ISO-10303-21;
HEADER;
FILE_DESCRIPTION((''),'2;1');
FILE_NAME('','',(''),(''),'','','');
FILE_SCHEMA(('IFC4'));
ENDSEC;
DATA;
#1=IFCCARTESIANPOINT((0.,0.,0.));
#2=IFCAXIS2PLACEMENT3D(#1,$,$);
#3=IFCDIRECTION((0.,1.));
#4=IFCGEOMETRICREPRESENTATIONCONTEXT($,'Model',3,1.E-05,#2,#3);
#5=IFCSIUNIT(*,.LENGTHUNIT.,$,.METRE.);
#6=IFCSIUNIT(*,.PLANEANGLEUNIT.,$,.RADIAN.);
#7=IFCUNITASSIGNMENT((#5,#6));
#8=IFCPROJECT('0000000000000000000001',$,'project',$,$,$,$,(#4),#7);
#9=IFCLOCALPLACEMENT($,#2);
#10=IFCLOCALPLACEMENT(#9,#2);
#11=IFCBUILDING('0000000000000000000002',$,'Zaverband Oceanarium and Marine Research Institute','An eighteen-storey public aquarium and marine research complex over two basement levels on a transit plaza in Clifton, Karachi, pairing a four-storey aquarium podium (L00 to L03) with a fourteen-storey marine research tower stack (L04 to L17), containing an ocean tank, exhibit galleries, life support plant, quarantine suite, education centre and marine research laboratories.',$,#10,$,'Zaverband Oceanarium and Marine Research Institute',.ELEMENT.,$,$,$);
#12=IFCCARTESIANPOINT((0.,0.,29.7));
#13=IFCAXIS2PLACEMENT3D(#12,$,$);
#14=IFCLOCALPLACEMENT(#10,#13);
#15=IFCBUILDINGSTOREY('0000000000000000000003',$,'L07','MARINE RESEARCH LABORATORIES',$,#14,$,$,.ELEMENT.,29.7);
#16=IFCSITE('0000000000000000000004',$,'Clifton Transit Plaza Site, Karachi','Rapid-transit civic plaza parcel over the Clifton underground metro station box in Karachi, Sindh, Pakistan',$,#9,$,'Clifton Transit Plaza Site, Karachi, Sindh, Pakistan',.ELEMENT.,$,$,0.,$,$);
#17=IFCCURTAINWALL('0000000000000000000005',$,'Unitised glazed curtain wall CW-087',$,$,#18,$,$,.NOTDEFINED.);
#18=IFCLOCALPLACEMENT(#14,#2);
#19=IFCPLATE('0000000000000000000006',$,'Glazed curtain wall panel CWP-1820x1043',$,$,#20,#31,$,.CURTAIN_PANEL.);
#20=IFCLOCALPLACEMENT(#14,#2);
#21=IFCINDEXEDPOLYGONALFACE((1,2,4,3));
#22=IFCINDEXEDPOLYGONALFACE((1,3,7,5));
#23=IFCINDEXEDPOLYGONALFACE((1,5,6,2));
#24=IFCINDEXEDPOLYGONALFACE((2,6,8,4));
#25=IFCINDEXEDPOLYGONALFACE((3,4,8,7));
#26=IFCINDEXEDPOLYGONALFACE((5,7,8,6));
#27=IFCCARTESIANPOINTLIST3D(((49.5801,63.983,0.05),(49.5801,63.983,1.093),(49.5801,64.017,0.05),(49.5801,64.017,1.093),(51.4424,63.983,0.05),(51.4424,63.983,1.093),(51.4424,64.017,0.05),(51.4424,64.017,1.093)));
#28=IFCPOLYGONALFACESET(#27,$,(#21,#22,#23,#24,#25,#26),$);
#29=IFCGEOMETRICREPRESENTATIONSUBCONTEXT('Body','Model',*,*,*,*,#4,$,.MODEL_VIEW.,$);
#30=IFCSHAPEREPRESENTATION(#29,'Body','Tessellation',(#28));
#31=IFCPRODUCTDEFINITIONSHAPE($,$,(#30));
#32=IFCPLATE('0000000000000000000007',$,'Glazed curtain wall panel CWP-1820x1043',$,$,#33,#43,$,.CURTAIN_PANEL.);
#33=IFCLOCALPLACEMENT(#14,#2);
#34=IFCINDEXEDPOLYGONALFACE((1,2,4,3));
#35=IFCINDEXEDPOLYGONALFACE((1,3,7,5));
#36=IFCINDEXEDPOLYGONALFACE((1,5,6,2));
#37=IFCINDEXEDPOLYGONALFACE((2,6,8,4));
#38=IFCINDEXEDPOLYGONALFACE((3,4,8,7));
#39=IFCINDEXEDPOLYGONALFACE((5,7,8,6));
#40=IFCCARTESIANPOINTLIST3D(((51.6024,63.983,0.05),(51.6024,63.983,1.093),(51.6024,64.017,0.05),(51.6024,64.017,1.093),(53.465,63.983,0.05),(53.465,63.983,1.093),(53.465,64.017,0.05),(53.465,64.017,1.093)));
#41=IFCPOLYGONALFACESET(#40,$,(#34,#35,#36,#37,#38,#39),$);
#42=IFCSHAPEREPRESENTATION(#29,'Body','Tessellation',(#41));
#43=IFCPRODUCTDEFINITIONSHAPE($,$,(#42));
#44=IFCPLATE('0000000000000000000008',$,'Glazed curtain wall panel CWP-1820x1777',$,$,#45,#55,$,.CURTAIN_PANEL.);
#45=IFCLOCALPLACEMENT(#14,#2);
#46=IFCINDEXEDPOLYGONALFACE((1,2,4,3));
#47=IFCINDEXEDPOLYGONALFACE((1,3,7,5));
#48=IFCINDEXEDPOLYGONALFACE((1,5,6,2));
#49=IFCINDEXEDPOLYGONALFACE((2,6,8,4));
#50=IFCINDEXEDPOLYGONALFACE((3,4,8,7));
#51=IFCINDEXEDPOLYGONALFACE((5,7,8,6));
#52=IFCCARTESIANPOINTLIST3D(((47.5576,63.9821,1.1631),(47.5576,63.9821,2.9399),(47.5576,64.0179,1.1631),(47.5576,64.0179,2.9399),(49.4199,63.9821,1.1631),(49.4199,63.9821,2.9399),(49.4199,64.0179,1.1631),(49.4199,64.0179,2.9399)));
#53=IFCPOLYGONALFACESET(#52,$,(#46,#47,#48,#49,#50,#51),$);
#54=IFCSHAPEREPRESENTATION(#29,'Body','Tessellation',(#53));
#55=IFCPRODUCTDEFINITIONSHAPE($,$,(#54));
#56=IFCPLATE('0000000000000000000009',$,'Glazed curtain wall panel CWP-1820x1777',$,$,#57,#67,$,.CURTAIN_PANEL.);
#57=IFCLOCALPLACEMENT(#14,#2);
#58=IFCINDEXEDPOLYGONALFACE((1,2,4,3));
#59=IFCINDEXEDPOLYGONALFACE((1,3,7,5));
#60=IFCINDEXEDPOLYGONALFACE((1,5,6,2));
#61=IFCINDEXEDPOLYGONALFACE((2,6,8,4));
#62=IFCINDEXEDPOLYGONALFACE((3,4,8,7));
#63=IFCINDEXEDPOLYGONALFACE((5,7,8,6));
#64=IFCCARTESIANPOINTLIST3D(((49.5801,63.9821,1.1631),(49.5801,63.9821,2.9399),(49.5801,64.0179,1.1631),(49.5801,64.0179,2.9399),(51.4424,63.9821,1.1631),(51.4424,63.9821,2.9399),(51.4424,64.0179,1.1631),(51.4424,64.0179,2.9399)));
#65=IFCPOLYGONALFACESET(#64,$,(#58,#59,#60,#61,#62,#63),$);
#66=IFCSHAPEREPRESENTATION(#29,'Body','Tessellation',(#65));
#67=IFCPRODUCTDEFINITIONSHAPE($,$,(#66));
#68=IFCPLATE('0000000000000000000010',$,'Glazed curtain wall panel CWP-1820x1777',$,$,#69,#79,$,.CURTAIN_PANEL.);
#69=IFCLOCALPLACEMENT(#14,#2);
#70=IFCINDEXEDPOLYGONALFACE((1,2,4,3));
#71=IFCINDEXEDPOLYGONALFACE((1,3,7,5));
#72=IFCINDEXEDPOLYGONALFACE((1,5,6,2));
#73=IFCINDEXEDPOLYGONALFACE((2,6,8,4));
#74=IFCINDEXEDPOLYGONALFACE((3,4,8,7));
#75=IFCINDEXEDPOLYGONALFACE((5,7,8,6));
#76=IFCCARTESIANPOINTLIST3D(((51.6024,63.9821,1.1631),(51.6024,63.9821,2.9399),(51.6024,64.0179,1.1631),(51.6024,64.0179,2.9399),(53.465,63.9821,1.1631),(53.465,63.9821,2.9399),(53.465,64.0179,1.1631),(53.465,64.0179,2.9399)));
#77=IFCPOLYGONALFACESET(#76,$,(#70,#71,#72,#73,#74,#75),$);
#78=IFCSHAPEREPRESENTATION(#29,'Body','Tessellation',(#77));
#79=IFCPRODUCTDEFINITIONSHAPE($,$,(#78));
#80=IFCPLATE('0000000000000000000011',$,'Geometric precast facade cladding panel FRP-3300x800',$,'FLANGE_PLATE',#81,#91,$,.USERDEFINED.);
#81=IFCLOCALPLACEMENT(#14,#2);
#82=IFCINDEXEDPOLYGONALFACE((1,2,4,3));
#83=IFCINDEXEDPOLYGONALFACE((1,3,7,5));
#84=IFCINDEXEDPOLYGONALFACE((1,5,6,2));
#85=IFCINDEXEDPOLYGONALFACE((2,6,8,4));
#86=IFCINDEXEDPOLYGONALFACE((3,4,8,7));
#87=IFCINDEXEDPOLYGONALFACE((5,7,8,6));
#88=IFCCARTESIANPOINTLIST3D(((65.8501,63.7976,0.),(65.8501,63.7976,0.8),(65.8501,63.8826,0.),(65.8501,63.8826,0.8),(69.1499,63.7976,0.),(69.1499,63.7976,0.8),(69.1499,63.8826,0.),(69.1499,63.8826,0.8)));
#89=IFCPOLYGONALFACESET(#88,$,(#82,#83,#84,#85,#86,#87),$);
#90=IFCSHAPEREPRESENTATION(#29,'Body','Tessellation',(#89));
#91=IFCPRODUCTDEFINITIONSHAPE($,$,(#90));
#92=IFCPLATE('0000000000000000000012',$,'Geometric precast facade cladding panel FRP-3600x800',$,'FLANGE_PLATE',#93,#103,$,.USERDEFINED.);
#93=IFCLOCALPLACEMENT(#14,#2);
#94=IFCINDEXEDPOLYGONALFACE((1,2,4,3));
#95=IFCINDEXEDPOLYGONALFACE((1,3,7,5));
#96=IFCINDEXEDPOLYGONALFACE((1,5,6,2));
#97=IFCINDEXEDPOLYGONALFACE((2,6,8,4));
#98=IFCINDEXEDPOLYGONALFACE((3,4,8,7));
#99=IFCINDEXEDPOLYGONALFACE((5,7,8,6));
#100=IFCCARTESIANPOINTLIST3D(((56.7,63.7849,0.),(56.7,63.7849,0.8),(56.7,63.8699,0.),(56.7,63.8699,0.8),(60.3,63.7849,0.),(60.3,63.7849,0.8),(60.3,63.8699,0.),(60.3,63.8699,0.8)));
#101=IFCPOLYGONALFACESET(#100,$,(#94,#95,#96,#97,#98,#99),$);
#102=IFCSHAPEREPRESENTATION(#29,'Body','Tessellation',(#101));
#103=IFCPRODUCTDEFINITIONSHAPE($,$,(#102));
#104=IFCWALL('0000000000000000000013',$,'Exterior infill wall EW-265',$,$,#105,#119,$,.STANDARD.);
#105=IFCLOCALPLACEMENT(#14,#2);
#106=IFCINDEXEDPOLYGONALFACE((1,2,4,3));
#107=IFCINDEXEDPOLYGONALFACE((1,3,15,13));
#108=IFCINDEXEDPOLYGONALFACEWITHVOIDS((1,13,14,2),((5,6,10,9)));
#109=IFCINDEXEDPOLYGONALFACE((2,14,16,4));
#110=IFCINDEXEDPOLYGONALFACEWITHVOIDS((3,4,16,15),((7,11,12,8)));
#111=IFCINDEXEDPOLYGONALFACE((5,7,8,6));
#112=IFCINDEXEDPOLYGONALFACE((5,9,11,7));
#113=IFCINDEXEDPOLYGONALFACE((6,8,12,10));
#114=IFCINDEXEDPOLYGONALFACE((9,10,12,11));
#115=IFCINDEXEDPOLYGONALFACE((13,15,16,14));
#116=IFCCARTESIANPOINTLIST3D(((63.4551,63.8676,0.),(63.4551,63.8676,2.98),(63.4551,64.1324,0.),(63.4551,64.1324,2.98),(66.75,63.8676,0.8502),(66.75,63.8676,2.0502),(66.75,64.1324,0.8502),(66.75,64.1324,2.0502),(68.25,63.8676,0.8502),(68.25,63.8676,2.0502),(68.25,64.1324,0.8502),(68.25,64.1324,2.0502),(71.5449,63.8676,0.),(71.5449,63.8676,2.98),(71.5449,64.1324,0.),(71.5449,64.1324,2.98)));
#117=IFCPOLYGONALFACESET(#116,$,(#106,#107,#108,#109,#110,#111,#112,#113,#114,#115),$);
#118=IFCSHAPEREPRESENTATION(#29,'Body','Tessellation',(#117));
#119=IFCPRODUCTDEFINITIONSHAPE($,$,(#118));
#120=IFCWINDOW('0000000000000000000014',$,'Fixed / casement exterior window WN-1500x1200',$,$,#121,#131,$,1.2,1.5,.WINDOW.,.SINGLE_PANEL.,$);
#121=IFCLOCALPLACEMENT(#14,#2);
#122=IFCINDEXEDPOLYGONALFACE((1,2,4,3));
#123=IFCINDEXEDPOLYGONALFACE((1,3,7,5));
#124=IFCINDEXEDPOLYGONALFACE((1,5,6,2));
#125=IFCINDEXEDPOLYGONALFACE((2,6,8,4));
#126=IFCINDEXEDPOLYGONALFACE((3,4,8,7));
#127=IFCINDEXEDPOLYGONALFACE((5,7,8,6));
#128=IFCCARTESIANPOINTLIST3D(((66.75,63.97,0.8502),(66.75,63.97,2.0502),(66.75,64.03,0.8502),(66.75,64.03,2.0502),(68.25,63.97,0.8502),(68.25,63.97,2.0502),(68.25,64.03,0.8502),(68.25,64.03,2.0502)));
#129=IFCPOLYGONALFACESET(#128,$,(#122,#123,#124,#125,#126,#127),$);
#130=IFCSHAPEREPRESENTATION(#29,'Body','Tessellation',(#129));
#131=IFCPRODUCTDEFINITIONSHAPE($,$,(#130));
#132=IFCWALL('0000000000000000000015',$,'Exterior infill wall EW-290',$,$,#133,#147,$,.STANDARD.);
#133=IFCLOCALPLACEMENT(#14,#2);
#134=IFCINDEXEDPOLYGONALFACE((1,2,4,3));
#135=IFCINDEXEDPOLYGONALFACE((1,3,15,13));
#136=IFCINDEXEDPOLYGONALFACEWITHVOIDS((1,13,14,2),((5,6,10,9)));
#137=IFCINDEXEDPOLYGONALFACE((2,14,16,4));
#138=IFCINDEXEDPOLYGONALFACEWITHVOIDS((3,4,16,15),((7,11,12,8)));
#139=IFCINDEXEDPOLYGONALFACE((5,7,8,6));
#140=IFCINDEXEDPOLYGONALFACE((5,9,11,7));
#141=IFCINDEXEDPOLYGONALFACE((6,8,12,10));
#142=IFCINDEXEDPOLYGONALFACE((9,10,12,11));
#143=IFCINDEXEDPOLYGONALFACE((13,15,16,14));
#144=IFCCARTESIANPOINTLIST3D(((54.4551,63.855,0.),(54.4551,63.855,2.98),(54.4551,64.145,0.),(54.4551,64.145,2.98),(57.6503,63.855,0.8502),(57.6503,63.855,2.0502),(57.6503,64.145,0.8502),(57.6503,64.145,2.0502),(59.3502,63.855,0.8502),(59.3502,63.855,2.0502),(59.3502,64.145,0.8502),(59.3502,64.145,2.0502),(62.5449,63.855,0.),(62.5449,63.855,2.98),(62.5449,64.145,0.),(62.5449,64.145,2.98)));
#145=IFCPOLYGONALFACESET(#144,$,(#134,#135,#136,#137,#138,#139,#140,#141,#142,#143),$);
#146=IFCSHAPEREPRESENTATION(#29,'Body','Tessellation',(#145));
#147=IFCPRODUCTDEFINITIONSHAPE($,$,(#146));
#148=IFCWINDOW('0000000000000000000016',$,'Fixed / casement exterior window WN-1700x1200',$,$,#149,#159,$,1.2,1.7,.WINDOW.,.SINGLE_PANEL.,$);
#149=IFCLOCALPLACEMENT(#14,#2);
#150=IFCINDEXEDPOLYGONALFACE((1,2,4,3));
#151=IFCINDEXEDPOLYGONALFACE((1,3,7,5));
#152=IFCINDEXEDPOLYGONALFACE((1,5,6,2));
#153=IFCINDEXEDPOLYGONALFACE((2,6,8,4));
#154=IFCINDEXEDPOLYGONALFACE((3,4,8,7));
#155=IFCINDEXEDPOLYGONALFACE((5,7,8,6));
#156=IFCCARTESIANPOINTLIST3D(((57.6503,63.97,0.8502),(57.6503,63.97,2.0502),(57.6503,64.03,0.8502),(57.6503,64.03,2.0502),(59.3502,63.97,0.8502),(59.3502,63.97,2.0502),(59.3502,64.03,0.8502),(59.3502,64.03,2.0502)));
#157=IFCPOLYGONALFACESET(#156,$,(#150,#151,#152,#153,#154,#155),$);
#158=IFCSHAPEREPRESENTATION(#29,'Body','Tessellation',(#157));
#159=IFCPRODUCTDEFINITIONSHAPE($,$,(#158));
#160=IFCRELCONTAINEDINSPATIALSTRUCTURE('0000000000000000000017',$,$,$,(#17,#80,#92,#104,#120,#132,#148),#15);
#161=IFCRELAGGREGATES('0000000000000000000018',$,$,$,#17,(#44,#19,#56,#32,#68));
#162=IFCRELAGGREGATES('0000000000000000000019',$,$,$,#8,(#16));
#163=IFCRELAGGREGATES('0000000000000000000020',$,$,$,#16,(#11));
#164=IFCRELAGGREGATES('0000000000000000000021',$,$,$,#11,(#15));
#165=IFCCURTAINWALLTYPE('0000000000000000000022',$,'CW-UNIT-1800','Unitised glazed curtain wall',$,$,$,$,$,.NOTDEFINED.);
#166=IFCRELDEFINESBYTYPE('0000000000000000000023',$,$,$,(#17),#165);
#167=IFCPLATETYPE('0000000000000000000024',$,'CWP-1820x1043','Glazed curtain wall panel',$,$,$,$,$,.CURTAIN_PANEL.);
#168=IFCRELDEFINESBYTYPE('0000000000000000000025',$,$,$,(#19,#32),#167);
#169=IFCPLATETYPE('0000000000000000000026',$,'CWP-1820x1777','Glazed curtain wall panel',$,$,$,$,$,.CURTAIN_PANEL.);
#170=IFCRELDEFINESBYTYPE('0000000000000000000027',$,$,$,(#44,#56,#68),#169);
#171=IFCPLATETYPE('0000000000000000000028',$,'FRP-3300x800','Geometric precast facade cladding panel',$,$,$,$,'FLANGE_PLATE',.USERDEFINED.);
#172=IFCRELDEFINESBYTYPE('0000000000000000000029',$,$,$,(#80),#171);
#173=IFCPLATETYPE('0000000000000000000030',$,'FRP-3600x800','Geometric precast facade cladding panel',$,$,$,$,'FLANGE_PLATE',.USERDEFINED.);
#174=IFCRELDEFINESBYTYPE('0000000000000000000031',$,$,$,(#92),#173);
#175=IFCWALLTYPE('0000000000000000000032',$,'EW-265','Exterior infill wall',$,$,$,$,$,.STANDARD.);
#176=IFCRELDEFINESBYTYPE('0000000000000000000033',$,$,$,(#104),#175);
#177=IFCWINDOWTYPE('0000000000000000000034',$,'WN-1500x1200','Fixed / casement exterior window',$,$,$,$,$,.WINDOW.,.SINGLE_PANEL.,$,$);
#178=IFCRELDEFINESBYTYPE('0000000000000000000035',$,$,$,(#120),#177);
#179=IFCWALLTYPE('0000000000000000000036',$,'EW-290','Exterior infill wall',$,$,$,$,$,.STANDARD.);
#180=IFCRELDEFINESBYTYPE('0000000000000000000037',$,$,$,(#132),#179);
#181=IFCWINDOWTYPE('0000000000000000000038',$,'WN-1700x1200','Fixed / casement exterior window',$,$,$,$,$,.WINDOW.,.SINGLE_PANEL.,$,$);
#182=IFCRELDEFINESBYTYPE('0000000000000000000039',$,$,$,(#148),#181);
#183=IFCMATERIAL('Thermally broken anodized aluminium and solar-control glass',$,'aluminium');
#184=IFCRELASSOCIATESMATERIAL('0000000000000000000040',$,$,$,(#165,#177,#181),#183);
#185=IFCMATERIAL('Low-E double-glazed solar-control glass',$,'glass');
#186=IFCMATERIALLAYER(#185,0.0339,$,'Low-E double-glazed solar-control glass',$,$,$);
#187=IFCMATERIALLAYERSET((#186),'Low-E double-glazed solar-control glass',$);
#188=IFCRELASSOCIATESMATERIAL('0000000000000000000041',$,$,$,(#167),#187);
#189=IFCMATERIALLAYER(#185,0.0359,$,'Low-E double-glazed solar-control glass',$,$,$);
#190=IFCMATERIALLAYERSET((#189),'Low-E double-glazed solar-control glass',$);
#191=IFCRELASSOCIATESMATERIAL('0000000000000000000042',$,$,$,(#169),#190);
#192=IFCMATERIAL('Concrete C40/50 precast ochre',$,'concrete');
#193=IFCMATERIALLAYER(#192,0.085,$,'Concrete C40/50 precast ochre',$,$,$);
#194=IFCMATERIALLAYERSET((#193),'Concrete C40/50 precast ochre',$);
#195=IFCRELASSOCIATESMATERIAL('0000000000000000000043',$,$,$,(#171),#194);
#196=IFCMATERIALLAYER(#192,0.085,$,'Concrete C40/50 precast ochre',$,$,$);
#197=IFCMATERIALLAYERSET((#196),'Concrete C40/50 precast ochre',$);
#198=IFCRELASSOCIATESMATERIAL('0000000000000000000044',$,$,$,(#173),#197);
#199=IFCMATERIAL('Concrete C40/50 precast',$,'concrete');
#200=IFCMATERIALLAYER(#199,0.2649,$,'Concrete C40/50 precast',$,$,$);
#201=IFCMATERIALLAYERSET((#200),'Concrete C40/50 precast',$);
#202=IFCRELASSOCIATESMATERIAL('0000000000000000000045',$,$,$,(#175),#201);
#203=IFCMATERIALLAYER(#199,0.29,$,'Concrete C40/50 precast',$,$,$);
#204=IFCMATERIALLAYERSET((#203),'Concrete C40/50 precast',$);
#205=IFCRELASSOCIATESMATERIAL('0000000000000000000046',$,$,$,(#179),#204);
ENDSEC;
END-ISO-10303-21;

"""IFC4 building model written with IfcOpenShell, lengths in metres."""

from ifc_helpers import new_model, si_unit, direction, frame, frame_2d, origin, place, context, subcontext, project, spatial, rectangle, extrude, material, layer, layer_set, type_object, element, fill, aggregate, save


model = new_model("IFC4")

# Units and contexts
model_context = context("Model", 3, precision=1e-05, world=origin(), true_north=direction((0.0, 1.0)))
body_context = subcontext(model_context, "Body", "Model", "MODEL_VIEW")
ifc_project = project(units=[si_unit("LENGTHUNIT", "METRE"), si_unit("PLANEANGLEUNIT", "RADIAN")], contexts=[model_context])

# Site, building, storey
site_placement = place(None, origin())
site = spatial("IfcSite", under=ifc_project, at=site_placement, Name="Clifton Transit Plaza Site, Karachi", Description="Rapid-transit civic plaza parcel over the Clifton underground metro station box in Karachi, Sindh, Pakistan", LongName="Clifton Transit Plaza Site, Karachi, Sindh, Pakistan", CompositionType="ELEMENT", RefElevation=0.0)
building_placement = place(site_placement, origin())
building = spatial("IfcBuilding", under=site, at=building_placement, Name="Zaverband Oceanarium and Marine Research Institute", Description="An eighteen-storey public aquarium and marine research complex over two basement levels on a transit plaza in Clifton, Karachi, pairing a four-storey aquarium podium (L00 to L03) with a fourteen-storey marine research tower stack (L04 to L17), containing an ocean tank, exhibit galleries, life support plant, quarantine suite, education centre and marine research laboratories.", LongName="Zaverband Oceanarium and Marine Research Institute", CompositionType="ELEMENT")
storey_placement = place(building_placement, frame((0.0, 0.0, 29.7)))
storey = spatial("IfcBuildingStorey", under=building, at=storey_placement, Name="L07", Description="MARINE RESEARCH LABORATORIES", CompositionType="ELEMENT", Elevation=29.7)

# Curtain wall
ifc_material_1 = material(Name="Thermally broken anodized aluminium and solar-control glass", Category="aluminium")
curtain_wall_type = type_object("IfcCurtainWallType", Name="CW-UNIT-1800", Description="Unitised glazed curtain wall", PredefinedType="NOTDEFINED", material=ifc_material_1)
curtain_wall_placement = place(storey_placement, origin())
curtain_wall = element("IfcCurtainWall", 1, at=curtain_wall_placement, inside=storey, type_object=curtain_wall_type, Name="Unitised glazed curtain wall CW-087", PredefinedType="NOTDEFINED")

# Plates
ifc_material_2 = material(Name="Low-E double-glazed solar-control glass", Category="glass")
ifc_layer_1 = layer(ifc_material_2, 0.0339, Name="Low-E double-glazed solar-control glass")
ifc_layer_set_1 = layer_set([ifc_layer_1], Name="Low-E double-glazed solar-control glass")
plate_type_1 = type_object("IfcPlateType", Name="CWP-1820x1043", Description="Glazed curtain wall panel", PredefinedType="CURTAIN_PANEL", material=ifc_layer_set_1)
plate_1_placement = place(storey_placement, frame((49.5801, 64.0, 0.05), z_axis=(0.0, 0.0, 1.0), x_axis=(1.0, 0.0, 0.0)))
plate_1 = element("IfcPlate", 2, at=plate_1_placement, type_object=plate_type_1, Name="Glazed curtain wall panel CWP-1820x1043", PredefinedType="CURTAIN_PANEL", context=body_context, shape_type="SweptSolid", body=[
    extrude(rectangle(XDim=1.8623, YDim=0.0339, at=frame_2d((0.9312, 0.0))), origin(), (0.0, 0.0, 1.0), 1.043),
])
plate_2_placement = place(storey_placement, frame((51.6025, 64.0, 0.05), z_axis=(0.0, 0.0, 1.0), x_axis=(1.0, 0.0, 0.0)))
plate_2 = element("IfcPlate", 3, at=plate_2_placement, type_object=plate_type_1, Name="Glazed curtain wall panel CWP-1820x1043", PredefinedType="CURTAIN_PANEL", context=body_context, shape_type="SweptSolid", body=[
    extrude(rectangle(XDim=1.8625, YDim=0.0339, at=frame_2d((0.9312, 0.0))), origin(), (0.0, 0.0, 1.0), 1.043),
])
ifc_layer_2 = layer(ifc_material_2, 0.0359, Name="Low-E double-glazed solar-control glass")
ifc_layer_set_2 = layer_set([ifc_layer_2], Name="Low-E double-glazed solar-control glass")
plate_type_2 = type_object("IfcPlateType", Name="CWP-1820x1777", Description="Glazed curtain wall panel", PredefinedType="CURTAIN_PANEL", material=ifc_layer_set_2)
plate_3_placement = place(storey_placement, frame((47.5576, 64.0, 1.1631), z_axis=(0.0, 0.0, 1.0), x_axis=(1.0, 0.0, 0.0)))
plate_3 = element("IfcPlate", 4, at=plate_3_placement, type_object=plate_type_2, Name="Glazed curtain wall panel CWP-1820x1777", PredefinedType="CURTAIN_PANEL", context=body_context, shape_type="SweptSolid", body=[
    extrude(rectangle(XDim=1.8623, YDim=0.0359, at=frame_2d((0.9312, 0.0))), origin(), (0.0, 0.0, 1.0), 1.7769),
])
plate_4_placement = place(storey_placement, frame((49.5801, 64.0, 1.1631), z_axis=(0.0, 0.0, 1.0), x_axis=(1.0, 0.0, 0.0)))
plate_4 = element("IfcPlate", 5, at=plate_4_placement, type_object=plate_type_2, Name="Glazed curtain wall panel CWP-1820x1777", PredefinedType="CURTAIN_PANEL", context=body_context, shape_type="SweptSolid", body=[
    extrude(rectangle(XDim=1.8623, YDim=0.0359, at=frame_2d((0.9312, 0.0))), origin(), (0.0, 0.0, 1.0), 1.7769),
])
plate_5_placement = place(storey_placement, frame((51.6025, 64.0, 1.1631), z_axis=(0.0, 0.0, 1.0), x_axis=(1.0, 0.0, 0.0)))
plate_5 = element("IfcPlate", 6, at=plate_5_placement, type_object=plate_type_2, Name="Glazed curtain wall panel CWP-1820x1777", PredefinedType="CURTAIN_PANEL", context=body_context, shape_type="SweptSolid", body=[
    extrude(rectangle(XDim=1.8625, YDim=0.0359, at=frame_2d((0.9312, 0.0))), origin(), (0.0, 0.0, 1.0), 1.7769),
])
aggregate(curtain_wall, [plate_3, plate_1, plate_4, plate_2, plate_5])

# Plates
ifc_material_3 = material(Name="Concrete C40/50 precast ochre", Category="concrete")
ifc_layer_3 = layer(ifc_material_3, 0.085, Name="Concrete C40/50 precast ochre")
ifc_layer_set_3 = layer_set([ifc_layer_3], Name="Concrete C40/50 precast ochre")
plate_type_3 = type_object("IfcPlateType", Name="FRP-3300x800", Description="Geometric precast facade cladding panel", ElementType="FLANGE_PLATE", PredefinedType="USERDEFINED", material=ifc_layer_set_3)
plate_6_placement = place(storey_placement, frame((65.8501, 63.8401, 0.0), z_axis=(0.0, 0.0, 1.0), x_axis=(1.0, 0.0, 0.0)))
element("IfcPlate", 7, at=plate_6_placement, inside=storey, type_object=plate_type_3, Name="Geometric precast facade cladding panel FRP-3300x800", ObjectType="FLANGE_PLATE", PredefinedType="USERDEFINED", context=body_context, shape_type="SweptSolid", body=[
    extrude(rectangle(XDim=3.2998, YDim=0.085, at=frame_2d((1.6499, 0.0))), origin(), (0.0, 0.0, 1.0), 0.8),
])
ifc_layer_4 = layer(ifc_material_3, 0.085, Name="Concrete C40/50 precast ochre")
ifc_layer_set_4 = layer_set([ifc_layer_4], Name="Concrete C40/50 precast ochre")
plate_type_4 = type_object("IfcPlateType", Name="FRP-3600x800", Description="Geometric precast facade cladding panel", ElementType="FLANGE_PLATE", PredefinedType="USERDEFINED", material=ifc_layer_set_4)
plate_7_placement = place(storey_placement, frame((56.7, 63.8274, 0.0), z_axis=(0.0, 0.0, 1.0), x_axis=(1.0, 0.0, 0.0)))
element("IfcPlate", 8, at=plate_7_placement, inside=storey, type_object=plate_type_4, Name="Geometric precast facade cladding panel FRP-3600x800", ObjectType="FLANGE_PLATE", PredefinedType="USERDEFINED", context=body_context, shape_type="SweptSolid", body=[
    extrude(rectangle(XDim=3.6001, YDim=0.085, at=frame_2d((1.8, 0.0))), origin(), (0.0, 0.0, 1.0), 0.8),
])

# Walls, openings, windows
ifc_material_4 = material(Name="Concrete C40/50 precast", Category="concrete")
ifc_layer_5 = layer(ifc_material_4, 0.2649, Name="Concrete C40/50 precast")
ifc_layer_set_5 = layer_set([ifc_layer_5], Name="Concrete C40/50 precast")
wall_type_1 = type_object("IfcWallType", Name="EW-265", Description="Exterior infill wall", PredefinedType="STANDARD", material=ifc_layer_set_5)
wall_1_placement = place(storey_placement, frame((63.4551, 64.0, 0.0), z_axis=(0.0, 0.0, 1.0), x_axis=(1.0, 0.0, 0.0)))
wall_1 = element("IfcWall", 9, at=wall_1_placement, inside=storey, type_object=wall_type_1, Name="Exterior infill wall EW-265", PredefinedType="STANDARD", context=body_context, shape_type="SweptSolid", body=[
    extrude(rectangle(XDim=8.0898, YDim=0.2649, at=frame_2d((4.0449, 0.0))), origin(), (0.0, 0.0, 1.0), 2.98),
])
opening_1_placement = place(wall_1_placement, frame((3.2949, 0.0, 0.8501)))
opening_1 = element("IfcOpeningElement", 10, at=opening_1_placement, cuts=wall_1, PredefinedType="OPENING", context=body_context, shape_type="SweptSolid", body=[
    extrude(rectangle(XDim=1.5, YDim=1.2, at=frame_2d((0.75, 0.6001))), frame((0.0, 0.1445, 0.0), z_axis=(0.0, -1.0, 0.0), x_axis=(1.0, 0.0, 0.0)), (0.0, 0.0, 1.0), 0.2888),
])
window_type_1 = type_object("IfcWindowType", Name="WN-1500x1200", Description="Fixed / casement exterior window", PartitioningType="SINGLE_PANEL", PredefinedType="WINDOW", material=ifc_material_1)
window_1_placement = place(opening_1_placement, origin())
window_1 = element("IfcWindow", 11, at=window_1_placement, inside=storey, type_object=window_type_1, Name="Fixed / casement exterior window WN-1500x1200", OverallHeight=1.2, OverallWidth=1.5, PartitioningType="SINGLE_PANEL", PredefinedType="WINDOW", context=body_context, shape_type="SweptSolid", body=[
    extrude(rectangle(XDim=1.5, YDim=1.2, at=frame_2d((0.75, 0.6001))), frame((0.0, 0.03, 0.0), z_axis=(0.0, -1.0, 0.0), x_axis=(1.0, 0.0, 0.0)), (0.0, 0.0, 1.0), 0.0601),
])
fill(opening_1, window_1)
ifc_layer_6 = layer(ifc_material_4, 0.29, Name="Concrete C40/50 precast")
ifc_layer_set_6 = layer_set([ifc_layer_6], Name="Concrete C40/50 precast")
wall_type_2 = type_object("IfcWallType", Name="EW-290", Description="Exterior infill wall", PredefinedType="STANDARD", material=ifc_layer_set_6)
wall_2_placement = place(storey_placement, frame((54.4551, 64.0, 0.0), z_axis=(0.0, 0.0, 1.0), x_axis=(1.0, 0.0, 0.0)))
wall_2 = element("IfcWall", 12, at=wall_2_placement, inside=storey, type_object=wall_type_2, Name="Exterior infill wall EW-290", PredefinedType="STANDARD", context=body_context, shape_type="SweptSolid", body=[
    extrude(rectangle(XDim=8.0898, YDim=0.29, at=frame_2d((4.0449, 0.0))), origin(), (0.0, 0.0, 1.0), 2.98),
])
opening_2_placement = place(wall_2_placement, frame((3.1951, 0.0, 0.8501)))
opening_2 = element("IfcOpeningElement", 13, at=opening_2_placement, cuts=wall_2, PredefinedType="OPENING", context=body_context, shape_type="SweptSolid", body=[
    extrude(rectangle(XDim=1.7, YDim=1.2, at=frame_2d((0.8501, 0.6001))), frame((0.0, 0.157, 0.0), z_axis=(0.0, -1.0, 0.0), x_axis=(1.0, 0.0, 0.0)), (0.0, 0.0, 1.0), 0.314),
])
window_type_2 = type_object("IfcWindowType", Name="WN-1700x1200", Description="Fixed / casement exterior window", PartitioningType="SINGLE_PANEL", PredefinedType="WINDOW", material=ifc_material_1)
window_2_placement = place(opening_2_placement, origin())
window_2 = element("IfcWindow", 14, at=window_2_placement, inside=storey, type_object=window_type_2, Name="Fixed / casement exterior window WN-1700x1200", OverallHeight=1.2, OverallWidth=1.7, PartitioningType="SINGLE_PANEL", PredefinedType="WINDOW", context=body_context, shape_type="SweptSolid", body=[
    extrude(rectangle(XDim=1.7, YDim=1.2, at=frame_2d((0.8501, 0.6001))), frame((0.0, 0.03, 0.0), z_axis=(0.0, -1.0, 0.0), x_axis=(1.0, 0.0, 0.0)), (0.0, 0.0, 1.0), 0.0601),
])
fill(opening_2, window_2)

save(model, "model.ifc")
